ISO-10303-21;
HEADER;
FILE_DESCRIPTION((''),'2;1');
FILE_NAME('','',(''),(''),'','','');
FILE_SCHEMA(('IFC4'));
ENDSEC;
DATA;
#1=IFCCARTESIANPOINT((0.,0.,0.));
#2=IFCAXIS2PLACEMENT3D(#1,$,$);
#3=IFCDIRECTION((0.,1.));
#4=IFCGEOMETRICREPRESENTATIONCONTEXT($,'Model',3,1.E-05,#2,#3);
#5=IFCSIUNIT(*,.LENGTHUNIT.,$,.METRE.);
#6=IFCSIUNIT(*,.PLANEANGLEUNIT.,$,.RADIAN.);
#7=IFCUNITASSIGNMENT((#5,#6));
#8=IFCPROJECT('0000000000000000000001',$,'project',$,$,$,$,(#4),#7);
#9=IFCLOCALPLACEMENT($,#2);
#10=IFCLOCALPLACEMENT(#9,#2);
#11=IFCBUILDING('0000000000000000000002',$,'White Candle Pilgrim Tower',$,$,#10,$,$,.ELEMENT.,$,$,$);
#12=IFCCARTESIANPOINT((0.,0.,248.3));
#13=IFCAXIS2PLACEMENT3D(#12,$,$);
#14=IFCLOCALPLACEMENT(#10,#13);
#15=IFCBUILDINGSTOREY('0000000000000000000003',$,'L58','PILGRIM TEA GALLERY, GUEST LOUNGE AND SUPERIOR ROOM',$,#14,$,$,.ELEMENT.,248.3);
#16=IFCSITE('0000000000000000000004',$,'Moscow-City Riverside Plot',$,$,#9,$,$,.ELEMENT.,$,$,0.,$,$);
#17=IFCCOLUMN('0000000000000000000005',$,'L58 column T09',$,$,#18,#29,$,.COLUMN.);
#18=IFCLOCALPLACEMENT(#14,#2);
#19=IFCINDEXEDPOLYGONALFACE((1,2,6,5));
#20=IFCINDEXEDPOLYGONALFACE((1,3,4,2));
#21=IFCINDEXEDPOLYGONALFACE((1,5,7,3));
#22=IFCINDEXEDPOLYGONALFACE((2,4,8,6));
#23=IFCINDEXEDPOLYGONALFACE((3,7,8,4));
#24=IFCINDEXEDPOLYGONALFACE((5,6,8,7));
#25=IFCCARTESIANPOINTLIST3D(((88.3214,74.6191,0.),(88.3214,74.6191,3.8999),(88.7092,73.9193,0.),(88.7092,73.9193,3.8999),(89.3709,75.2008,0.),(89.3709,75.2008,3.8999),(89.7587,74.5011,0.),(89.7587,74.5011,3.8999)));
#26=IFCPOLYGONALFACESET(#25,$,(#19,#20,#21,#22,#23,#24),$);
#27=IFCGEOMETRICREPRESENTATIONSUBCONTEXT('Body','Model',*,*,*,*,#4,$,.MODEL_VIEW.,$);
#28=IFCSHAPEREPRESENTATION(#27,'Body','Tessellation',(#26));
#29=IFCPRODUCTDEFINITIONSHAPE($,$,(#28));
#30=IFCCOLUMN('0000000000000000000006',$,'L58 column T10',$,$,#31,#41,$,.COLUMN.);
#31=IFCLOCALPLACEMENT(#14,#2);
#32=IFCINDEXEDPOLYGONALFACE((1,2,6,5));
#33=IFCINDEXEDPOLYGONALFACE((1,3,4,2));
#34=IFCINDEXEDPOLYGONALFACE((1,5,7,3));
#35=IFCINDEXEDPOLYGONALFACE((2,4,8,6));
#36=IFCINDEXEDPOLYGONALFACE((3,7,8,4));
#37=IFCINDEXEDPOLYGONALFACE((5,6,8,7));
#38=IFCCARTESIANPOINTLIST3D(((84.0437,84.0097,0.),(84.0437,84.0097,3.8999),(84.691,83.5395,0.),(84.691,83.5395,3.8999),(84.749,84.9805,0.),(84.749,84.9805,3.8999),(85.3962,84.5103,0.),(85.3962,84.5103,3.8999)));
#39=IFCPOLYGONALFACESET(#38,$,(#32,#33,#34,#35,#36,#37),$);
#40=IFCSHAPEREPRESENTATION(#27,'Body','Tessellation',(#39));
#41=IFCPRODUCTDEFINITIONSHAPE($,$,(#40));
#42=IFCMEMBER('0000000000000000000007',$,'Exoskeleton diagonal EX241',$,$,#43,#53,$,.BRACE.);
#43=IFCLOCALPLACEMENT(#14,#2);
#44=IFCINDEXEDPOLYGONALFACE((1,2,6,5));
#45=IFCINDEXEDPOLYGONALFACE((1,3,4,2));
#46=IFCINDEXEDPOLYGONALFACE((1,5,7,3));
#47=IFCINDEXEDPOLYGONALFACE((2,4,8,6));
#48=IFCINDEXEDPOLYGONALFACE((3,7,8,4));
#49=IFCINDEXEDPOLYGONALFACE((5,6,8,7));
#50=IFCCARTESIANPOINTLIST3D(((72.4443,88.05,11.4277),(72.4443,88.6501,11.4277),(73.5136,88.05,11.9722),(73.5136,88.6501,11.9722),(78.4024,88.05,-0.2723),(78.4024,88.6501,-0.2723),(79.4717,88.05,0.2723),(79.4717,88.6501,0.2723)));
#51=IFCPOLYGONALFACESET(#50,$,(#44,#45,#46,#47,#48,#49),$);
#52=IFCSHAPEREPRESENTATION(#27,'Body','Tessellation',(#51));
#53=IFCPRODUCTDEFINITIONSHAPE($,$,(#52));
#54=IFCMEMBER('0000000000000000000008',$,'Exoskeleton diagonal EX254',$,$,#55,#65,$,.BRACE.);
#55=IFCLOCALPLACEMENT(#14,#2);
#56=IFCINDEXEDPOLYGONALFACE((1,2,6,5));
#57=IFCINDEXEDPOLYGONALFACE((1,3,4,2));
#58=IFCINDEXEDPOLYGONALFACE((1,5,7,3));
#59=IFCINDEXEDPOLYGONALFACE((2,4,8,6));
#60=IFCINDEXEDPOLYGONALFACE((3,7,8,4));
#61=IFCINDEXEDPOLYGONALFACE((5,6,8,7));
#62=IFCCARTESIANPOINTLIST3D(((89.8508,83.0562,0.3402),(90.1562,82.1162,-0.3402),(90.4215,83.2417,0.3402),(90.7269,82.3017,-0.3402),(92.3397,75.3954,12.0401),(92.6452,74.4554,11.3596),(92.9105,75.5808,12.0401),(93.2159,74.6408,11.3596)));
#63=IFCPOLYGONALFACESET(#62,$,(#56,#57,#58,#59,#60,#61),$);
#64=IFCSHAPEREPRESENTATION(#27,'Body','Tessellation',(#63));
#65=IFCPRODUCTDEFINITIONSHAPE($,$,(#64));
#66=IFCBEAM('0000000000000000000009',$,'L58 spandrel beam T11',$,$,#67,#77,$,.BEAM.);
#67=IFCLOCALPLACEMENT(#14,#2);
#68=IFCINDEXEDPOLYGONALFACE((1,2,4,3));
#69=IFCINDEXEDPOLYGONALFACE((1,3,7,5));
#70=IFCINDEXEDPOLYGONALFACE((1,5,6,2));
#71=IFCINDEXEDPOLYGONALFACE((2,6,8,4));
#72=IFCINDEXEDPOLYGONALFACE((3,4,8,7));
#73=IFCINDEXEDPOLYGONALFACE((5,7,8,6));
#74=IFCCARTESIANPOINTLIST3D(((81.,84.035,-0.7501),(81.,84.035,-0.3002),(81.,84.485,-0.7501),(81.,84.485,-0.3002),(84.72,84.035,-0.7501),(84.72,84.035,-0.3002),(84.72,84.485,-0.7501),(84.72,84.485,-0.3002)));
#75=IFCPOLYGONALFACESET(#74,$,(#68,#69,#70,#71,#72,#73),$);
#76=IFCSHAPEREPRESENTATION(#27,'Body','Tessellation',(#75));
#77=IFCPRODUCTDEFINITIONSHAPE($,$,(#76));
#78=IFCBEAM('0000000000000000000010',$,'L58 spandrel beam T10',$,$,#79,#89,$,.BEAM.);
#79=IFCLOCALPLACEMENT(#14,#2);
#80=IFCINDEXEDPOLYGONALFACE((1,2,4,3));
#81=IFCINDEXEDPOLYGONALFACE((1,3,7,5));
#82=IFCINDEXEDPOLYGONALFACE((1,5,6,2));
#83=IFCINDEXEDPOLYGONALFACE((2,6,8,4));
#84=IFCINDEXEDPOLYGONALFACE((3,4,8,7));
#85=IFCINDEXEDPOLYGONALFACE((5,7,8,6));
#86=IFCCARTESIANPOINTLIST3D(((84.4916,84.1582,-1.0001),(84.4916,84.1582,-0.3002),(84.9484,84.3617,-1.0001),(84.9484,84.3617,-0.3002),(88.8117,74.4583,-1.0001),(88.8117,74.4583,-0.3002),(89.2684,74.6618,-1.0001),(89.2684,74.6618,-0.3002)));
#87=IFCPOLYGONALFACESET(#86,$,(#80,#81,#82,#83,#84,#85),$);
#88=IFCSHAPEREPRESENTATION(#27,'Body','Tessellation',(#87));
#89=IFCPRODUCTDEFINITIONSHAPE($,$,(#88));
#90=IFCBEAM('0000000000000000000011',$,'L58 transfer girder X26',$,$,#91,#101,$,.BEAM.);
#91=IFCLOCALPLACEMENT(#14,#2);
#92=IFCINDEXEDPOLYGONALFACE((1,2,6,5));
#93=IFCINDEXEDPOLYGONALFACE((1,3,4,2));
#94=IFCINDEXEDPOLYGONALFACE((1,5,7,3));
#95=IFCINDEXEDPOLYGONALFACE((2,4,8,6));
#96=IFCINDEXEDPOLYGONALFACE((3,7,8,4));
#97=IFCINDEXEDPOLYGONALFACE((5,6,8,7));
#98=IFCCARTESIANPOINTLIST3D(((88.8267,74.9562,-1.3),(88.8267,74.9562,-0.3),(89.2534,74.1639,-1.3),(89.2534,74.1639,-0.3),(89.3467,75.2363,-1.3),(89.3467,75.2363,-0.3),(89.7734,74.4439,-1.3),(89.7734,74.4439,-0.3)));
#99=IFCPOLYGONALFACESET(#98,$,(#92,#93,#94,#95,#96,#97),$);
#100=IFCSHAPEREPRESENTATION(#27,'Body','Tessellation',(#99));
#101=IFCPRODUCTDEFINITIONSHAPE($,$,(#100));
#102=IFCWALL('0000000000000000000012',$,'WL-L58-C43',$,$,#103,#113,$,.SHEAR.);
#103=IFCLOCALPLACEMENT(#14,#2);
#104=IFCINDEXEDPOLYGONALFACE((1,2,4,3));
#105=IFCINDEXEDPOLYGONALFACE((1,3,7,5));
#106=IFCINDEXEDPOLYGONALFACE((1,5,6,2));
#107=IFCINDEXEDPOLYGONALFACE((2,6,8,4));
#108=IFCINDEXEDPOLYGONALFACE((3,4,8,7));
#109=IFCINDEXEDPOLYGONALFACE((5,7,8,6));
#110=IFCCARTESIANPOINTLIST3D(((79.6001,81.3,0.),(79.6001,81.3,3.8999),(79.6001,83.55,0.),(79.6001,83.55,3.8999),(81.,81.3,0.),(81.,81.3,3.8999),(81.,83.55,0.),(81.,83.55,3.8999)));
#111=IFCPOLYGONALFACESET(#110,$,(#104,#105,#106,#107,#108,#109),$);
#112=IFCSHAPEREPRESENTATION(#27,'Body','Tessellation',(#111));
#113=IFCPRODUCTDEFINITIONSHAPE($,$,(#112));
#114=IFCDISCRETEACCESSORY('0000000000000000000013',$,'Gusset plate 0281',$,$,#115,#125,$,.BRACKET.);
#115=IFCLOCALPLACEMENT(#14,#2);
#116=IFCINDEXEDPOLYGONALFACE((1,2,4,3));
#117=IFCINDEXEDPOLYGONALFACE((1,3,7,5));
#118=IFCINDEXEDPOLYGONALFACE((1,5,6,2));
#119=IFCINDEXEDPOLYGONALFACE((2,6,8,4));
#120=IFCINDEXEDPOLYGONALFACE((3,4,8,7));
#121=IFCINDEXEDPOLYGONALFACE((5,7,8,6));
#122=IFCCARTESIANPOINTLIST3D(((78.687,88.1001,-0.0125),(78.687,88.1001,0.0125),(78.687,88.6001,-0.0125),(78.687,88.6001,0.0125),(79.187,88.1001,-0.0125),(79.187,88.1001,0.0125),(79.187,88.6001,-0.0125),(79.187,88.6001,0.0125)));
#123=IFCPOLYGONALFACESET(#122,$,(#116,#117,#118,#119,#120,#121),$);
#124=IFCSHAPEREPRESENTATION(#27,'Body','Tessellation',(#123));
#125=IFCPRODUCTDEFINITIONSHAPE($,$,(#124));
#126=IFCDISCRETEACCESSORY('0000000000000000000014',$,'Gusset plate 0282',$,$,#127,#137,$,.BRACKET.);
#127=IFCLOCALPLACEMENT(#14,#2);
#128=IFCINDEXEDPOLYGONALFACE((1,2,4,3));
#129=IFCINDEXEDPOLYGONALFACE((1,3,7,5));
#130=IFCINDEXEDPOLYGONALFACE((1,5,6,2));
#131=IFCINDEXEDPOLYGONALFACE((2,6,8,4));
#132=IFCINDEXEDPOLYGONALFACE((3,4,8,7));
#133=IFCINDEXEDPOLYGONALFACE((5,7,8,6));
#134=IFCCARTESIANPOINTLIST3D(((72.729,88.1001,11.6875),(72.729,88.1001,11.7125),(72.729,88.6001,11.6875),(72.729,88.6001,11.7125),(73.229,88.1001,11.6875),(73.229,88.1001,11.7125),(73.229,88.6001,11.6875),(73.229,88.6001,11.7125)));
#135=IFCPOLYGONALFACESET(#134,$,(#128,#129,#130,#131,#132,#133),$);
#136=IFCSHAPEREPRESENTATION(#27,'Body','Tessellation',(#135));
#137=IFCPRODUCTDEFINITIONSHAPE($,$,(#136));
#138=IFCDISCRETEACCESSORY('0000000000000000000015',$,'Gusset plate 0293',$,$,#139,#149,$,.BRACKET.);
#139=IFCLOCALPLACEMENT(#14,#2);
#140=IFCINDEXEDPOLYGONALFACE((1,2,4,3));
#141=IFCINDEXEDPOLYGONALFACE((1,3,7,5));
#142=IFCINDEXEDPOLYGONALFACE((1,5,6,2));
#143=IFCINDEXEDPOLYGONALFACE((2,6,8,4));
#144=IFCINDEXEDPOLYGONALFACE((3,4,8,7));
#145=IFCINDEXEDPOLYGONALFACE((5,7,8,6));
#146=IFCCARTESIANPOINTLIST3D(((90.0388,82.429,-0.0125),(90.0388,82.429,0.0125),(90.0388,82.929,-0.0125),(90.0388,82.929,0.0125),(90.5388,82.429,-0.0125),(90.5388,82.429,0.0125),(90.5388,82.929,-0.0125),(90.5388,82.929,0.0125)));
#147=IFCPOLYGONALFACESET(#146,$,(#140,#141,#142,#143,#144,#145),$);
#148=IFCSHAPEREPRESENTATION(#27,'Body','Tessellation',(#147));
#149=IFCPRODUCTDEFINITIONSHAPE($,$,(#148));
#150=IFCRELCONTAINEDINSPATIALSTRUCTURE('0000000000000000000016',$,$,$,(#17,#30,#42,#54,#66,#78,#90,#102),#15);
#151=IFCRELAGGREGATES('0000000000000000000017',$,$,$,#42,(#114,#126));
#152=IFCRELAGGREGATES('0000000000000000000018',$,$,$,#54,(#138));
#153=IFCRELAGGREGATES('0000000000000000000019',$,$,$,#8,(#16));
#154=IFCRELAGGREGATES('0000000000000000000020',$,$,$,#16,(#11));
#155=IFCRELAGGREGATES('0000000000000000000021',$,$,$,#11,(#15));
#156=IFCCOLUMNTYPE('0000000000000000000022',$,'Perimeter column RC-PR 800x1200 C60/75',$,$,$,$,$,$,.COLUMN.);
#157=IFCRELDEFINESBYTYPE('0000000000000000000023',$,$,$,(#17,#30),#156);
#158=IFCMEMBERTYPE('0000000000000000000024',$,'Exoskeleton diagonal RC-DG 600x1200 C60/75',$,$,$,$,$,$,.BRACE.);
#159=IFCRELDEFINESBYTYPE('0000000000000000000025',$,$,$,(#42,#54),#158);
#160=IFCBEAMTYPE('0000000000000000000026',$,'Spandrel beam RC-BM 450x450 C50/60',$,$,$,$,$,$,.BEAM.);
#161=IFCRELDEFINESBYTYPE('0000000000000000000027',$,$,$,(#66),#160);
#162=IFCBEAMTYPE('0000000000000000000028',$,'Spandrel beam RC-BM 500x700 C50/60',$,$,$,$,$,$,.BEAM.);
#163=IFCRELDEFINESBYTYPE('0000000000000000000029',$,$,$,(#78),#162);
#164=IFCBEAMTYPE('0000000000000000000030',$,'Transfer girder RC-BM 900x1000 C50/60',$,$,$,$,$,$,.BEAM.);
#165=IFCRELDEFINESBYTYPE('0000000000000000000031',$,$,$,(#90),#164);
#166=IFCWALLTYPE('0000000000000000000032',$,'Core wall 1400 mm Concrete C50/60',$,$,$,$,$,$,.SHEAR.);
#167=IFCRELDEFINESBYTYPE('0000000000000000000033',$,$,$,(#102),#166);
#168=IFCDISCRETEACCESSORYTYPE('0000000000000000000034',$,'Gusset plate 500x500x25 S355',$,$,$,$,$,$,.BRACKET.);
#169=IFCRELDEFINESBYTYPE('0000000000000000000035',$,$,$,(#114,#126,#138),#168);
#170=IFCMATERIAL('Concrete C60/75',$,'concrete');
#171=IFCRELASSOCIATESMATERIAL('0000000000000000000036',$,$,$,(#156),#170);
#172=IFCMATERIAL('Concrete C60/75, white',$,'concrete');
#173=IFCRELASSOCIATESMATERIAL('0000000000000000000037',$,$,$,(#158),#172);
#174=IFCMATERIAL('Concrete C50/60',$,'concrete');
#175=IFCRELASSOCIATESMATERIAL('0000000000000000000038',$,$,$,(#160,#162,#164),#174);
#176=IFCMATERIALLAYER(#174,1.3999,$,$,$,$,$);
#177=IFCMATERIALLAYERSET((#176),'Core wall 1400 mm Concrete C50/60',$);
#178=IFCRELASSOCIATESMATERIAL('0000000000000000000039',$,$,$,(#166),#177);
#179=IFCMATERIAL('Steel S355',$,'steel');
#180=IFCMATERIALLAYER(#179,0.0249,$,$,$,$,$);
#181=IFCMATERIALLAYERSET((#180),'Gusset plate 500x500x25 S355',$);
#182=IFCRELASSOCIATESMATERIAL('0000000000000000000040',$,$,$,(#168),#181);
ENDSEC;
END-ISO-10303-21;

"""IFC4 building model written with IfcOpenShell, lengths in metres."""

from ifc_helpers import new_model, si_unit, direction, frame, frame_2d, origin, origin_2d, place, context, subcontext, project, spatial, rectangle, extrude, material, layer, layer_set, material_profile, profile_set, type_object, element, aggregate, save


model = new_model("IFC4")

# Units and contexts
model_context = context("Model", 3, precision=1e-05, world=origin(), true_north=direction((0.0, 1.0)))
body_context = subcontext(model_context, "Body", "Model", "MODEL_VIEW")
ifc_project = project(units=[si_unit("LENGTHUNIT", "METRE"), si_unit("PLANEANGLEUNIT", "RADIAN")], contexts=[model_context])

# Site, building, storey
site_placement = place(None, origin())
site = spatial("IfcSite", under=ifc_project, at=site_placement, Name="Moscow-City Riverside Plot", CompositionType="ELEMENT", RefElevation=0.0)
building_placement = place(site_placement, origin())
building = spatial("IfcBuilding", under=site, at=building_placement, Name="White Candle Pilgrim Tower", CompositionType="ELEMENT")
storey_placement = place(building_placement, frame((0.0, 0.0, 248.3)))
storey = spatial("IfcBuildingStorey", under=building, at=storey_placement, Name="L58", Description="PILGRIM TEA GALLERY, GUEST LOUNGE AND SUPERIOR ROOM", CompositionType="ELEMENT", Elevation=248.3)

# Columns
ifc_material_1 = material(Name="Concrete C60/75", Category="concrete")
ifc_material_profile_1 = material_profile(ifc_material_1, rectangle(XDim=0.8, YDim=1.2, at=origin_2d()), Name="RC-PR 800x1200")
ifc_profile_set_1 = profile_set([ifc_material_profile_1], Name="Concrete C60/75")
column_type = type_object("IfcColumnType", Name="Perimeter column RC-PR 800x1200 C60/75", PredefinedType="COLUMN", material=ifc_profile_set_1)
for number, where, z_axis, x_axis, name in (
    (1, (89.04, 74.5601, 0.0), (0.0, 0.0, 1.0), (0.48481, -0.87462, 0.0), "L58 column T09"),
    (2, (84.72, 84.26, 0.0), (0.0, 0.0, 1.0), (0.809027, -0.587771, 0.0), "L58 column T10"),
):
    element("IfcColumn", number, at=place(storey_placement, frame(where, z_axis=z_axis, x_axis=x_axis)), inside=storey, type_object=column_type, Name=name, PredefinedType="COLUMN", context=body_context, shape_type="SweptSolid", body=[
        extrude(rectangle(XDim=0.8, YDim=1.2, at=origin_2d()), origin(), (0.0, 0.0, 1.0), 3.8999),
    ])

# Members
ifc_material_2 = material(Name="Concrete C60/75, white", Category="concrete")
ifc_material_profile_2 = material_profile(ifc_material_2, rectangle(XDim=0.6001, YDim=1.2, at=origin_2d()), Name="RC-DG 600x1200")
ifc_profile_set_2 = profile_set([ifc_material_profile_2], Name="Concrete C60/75, white")
member_type = type_object("IfcMemberType", Name="Exoskeleton diagonal RC-DG 600x1200 C60/75", PredefinedType="BRACE", material=ifc_profile_set_2)
member_1_placement = place(storey_placement, frame((78.937, 88.3501, 0.0), z_axis=(-0.453784, 0.0, 0.891112), x_axis=(0.0, -1.0, 0.0)))
member_1 = element("IfcMember", 3, at=member_1_placement, inside=storey, type_object=member_type, Name="Exoskeleton diagonal EX241", PredefinedType="BRACE", context=body_context, shape_type="SweptSolid", body=[
    extrude(rectangle(XDim=0.6001, YDim=1.2, at=origin_2d()), origin(), (0.0, 0.0, 1.0), 13.1296),
])
member_2_placement = place(storey_placement, frame((90.2888, 82.679, 0.0), z_axis=(0.175225, -0.539321, 0.823668), x_axis=(0.951062, 0.308999, 0.0)))
member_2 = element("IfcMember", 4, at=member_2_placement, inside=storey, type_object=member_type, Name="Exoskeleton diagonal EX254", PredefinedType="BRACE", context=body_context, shape_type="SweptSolid", body=[
    extrude(rectangle(XDim=0.6001, YDim=1.2, at=origin_2d()), origin(), (0.0, 0.0, 1.0), 14.2046),
])

# Beams
ifc_material_3 = material(Name="Concrete C50/60", Category="concrete")
ifc_material_profile_3 = material_profile(ifc_material_3, rectangle(XDim=0.45, YDim=0.45, at=origin_2d()), Name="RC-BM 450x450")
ifc_profile_set_3 = profile_set([ifc_material_profile_3], Name="Concrete C50/60")
beam_type_1 = type_object("IfcBeamType", Name="Spandrel beam RC-BM 450x450 C50/60", PredefinedType="BEAM", material=ifc_profile_set_3)
beam_1_placement = place(storey_placement, frame((84.72, 84.26, -0.5251), z_axis=(-1.0, 0.0, 0.0), x_axis=(0.0, -1.0, 0.0)))
element("IfcBeam", 5, at=beam_1_placement, inside=storey, type_object=beam_type_1, Name="L58 spandrel beam T11", PredefinedType="BEAM", context=body_context, shape_type="SweptSolid", body=[
    extrude(rectangle(XDim=0.45, YDim=0.45, at=origin_2d()), origin(), (0.0, 0.0, 1.0), 3.72),
])
ifc_material_profile_4 = material_profile(ifc_material_3, rectangle(XDim=0.5, YDim=0.7, at=origin_2d()), Name="RC-BM 500x700")
ifc_profile_set_4 = profile_set([ifc_material_profile_4], Name="Concrete C50/60")
beam_type_2 = type_object("IfcBeamType", Name="Spandrel beam RC-BM 500x700 C50/60", PredefinedType="BEAM", material=ifc_profile_set_4)
beam_2_placement = place(storey_placement, frame((89.04, 74.5601, -0.6501), z_axis=(-0.406844, 0.913497, 0.0), x_axis=(-0.913497, -0.406844, 0.0)))
element("IfcBeam", 6, at=beam_2_placement, inside=storey, type_object=beam_type_2, Name="L58 spandrel beam T10", PredefinedType="BEAM", context=body_context, shape_type="SweptSolid", body=[
    extrude(rectangle(XDim=0.5, YDim=0.7, at=origin_2d()), origin(), (0.0, 0.0, 1.0), 10.6184),
])
ifc_material_profile_5 = material_profile(ifc_material_3, rectangle(XDim=0.8999, YDim=1.0, at=origin_2d()), Name="RC-BM 900x1000")
ifc_profile_set_5 = profile_set([ifc_material_profile_5], Name="Concrete C50/60")
beam_type_3 = type_object("IfcBeamType", Name="Transfer girder RC-BM 900x1000 C50/60", PredefinedType="BEAM", material=ifc_profile_set_5)
beam_3_placement = place(storey_placement, frame((89.5601, 74.8401, -0.8), z_axis=(-0.880458, -0.474124, 0.0), x_axis=(0.474124, -0.880458, 0.0)))
element("IfcBeam", 7, at=beam_3_placement, inside=storey, type_object=beam_type_3, Name="L58 transfer girder X26", PredefinedType="BEAM", context=body_context, shape_type="SweptSolid", body=[
    extrude(rectangle(XDim=0.8999, YDim=1.0, at=origin_2d()), origin(), (0.0, 0.0, 1.0), 0.5906),
])

# Wall
ifc_layer_1 = layer(ifc_material_3, 1.3999)
ifc_layer_set_1 = layer_set([ifc_layer_1], Name="Core wall 1400 mm Concrete C50/60")
wall_type_1 = type_object("IfcWallType", Name="Core wall 1400 mm Concrete C50/60", PredefinedType="SHEAR", material=ifc_layer_set_1)
wall_1_placement = place(storey_placement, frame((80.3, 81.3, 0.0), z_axis=(0.0, 0.0, 1.0), x_axis=(0.0, 1.0, 0.0)))
element("IfcWall", 8, at=wall_1_placement, inside=storey, type_object=wall_type_1, Name="WL-L58-C43", PredefinedType="SHEAR", context=body_context, shape_type="SweptSolid", body=[
    extrude(rectangle(XDim=2.25, YDim=1.3999, at=frame_2d((1.125, 0.0))), origin(), (0.0, 0.0, 1.0), 3.8999),
])

# Discrete accessories
ifc_material_4 = material(Name="Steel S355", Category="steel")
ifc_layer_2 = layer(ifc_material_4, 0.0249)
ifc_layer_set_2 = layer_set([ifc_layer_2], Name="Gusset plate 500x500x25 S355")
discrete_accessory_type = type_object("IfcDiscreteAccessoryType", Name="Gusset plate 500x500x25 S355", PredefinedType="BRACKET", material=ifc_layer_set_2)
discrete_accessory_1_placement = place(storey_placement, frame((78.937, 88.3501, -0.0125), z_axis=(0.0, 0.0, 1.0), x_axis=(1.0, 0.0, 0.0)))
discrete_accessory_1 = element("IfcDiscreteAccessory", 9, at=discrete_accessory_1_placement, type_object=discrete_accessory_type, Name="Gusset plate 0281", PredefinedType="BRACKET", context=body_context, shape_type="SweptSolid", body=[
    extrude(rectangle(XDim=0.5, YDim=0.5, at=origin_2d()), origin(), (0.0, 0.0, 1.0), 0.0249),
])
placement = place(building_placement, frame((0.0, 0.0, 260.0)))
discrete_accessory_2_placement = place(placement, frame((72.979, 88.3501, -0.0125), z_axis=(0.0, 0.0, 1.0), x_axis=(1.0, 0.0, 0.0)))
discrete_accessory_2 = element("IfcDiscreteAccessory", 10, at=discrete_accessory_2_placement, type_object=discrete_accessory_type, Name="Gusset plate 0282", PredefinedType="BRACKET", context=body_context, shape_type="SweptSolid", body=[
    extrude(rectangle(XDim=0.5, YDim=0.5, at=origin_2d()), origin(), (0.0, 0.0, 1.0), 0.0249),
])
aggregate(member_1, [discrete_accessory_1, discrete_accessory_2])
discrete_accessory_3_placement = place(storey_placement, frame((90.2888, 82.679, -0.0125), z_axis=(0.0, 0.0, 1.0), x_axis=(1.0, 0.0, 0.0)))
discrete_accessory_3 = element("IfcDiscreteAccessory", 11, at=discrete_accessory_3_placement, type_object=discrete_accessory_type, Name="Gusset plate 0293", PredefinedType="BRACKET", context=body_context, shape_type="SweptSolid", body=[
    extrude(rectangle(XDim=0.5, YDim=0.5, at=origin_2d()), origin(), (0.0, 0.0, 1.0), 0.0249),
])
aggregate(member_2, [discrete_accessory_3])

save(model, "model.ifc")
